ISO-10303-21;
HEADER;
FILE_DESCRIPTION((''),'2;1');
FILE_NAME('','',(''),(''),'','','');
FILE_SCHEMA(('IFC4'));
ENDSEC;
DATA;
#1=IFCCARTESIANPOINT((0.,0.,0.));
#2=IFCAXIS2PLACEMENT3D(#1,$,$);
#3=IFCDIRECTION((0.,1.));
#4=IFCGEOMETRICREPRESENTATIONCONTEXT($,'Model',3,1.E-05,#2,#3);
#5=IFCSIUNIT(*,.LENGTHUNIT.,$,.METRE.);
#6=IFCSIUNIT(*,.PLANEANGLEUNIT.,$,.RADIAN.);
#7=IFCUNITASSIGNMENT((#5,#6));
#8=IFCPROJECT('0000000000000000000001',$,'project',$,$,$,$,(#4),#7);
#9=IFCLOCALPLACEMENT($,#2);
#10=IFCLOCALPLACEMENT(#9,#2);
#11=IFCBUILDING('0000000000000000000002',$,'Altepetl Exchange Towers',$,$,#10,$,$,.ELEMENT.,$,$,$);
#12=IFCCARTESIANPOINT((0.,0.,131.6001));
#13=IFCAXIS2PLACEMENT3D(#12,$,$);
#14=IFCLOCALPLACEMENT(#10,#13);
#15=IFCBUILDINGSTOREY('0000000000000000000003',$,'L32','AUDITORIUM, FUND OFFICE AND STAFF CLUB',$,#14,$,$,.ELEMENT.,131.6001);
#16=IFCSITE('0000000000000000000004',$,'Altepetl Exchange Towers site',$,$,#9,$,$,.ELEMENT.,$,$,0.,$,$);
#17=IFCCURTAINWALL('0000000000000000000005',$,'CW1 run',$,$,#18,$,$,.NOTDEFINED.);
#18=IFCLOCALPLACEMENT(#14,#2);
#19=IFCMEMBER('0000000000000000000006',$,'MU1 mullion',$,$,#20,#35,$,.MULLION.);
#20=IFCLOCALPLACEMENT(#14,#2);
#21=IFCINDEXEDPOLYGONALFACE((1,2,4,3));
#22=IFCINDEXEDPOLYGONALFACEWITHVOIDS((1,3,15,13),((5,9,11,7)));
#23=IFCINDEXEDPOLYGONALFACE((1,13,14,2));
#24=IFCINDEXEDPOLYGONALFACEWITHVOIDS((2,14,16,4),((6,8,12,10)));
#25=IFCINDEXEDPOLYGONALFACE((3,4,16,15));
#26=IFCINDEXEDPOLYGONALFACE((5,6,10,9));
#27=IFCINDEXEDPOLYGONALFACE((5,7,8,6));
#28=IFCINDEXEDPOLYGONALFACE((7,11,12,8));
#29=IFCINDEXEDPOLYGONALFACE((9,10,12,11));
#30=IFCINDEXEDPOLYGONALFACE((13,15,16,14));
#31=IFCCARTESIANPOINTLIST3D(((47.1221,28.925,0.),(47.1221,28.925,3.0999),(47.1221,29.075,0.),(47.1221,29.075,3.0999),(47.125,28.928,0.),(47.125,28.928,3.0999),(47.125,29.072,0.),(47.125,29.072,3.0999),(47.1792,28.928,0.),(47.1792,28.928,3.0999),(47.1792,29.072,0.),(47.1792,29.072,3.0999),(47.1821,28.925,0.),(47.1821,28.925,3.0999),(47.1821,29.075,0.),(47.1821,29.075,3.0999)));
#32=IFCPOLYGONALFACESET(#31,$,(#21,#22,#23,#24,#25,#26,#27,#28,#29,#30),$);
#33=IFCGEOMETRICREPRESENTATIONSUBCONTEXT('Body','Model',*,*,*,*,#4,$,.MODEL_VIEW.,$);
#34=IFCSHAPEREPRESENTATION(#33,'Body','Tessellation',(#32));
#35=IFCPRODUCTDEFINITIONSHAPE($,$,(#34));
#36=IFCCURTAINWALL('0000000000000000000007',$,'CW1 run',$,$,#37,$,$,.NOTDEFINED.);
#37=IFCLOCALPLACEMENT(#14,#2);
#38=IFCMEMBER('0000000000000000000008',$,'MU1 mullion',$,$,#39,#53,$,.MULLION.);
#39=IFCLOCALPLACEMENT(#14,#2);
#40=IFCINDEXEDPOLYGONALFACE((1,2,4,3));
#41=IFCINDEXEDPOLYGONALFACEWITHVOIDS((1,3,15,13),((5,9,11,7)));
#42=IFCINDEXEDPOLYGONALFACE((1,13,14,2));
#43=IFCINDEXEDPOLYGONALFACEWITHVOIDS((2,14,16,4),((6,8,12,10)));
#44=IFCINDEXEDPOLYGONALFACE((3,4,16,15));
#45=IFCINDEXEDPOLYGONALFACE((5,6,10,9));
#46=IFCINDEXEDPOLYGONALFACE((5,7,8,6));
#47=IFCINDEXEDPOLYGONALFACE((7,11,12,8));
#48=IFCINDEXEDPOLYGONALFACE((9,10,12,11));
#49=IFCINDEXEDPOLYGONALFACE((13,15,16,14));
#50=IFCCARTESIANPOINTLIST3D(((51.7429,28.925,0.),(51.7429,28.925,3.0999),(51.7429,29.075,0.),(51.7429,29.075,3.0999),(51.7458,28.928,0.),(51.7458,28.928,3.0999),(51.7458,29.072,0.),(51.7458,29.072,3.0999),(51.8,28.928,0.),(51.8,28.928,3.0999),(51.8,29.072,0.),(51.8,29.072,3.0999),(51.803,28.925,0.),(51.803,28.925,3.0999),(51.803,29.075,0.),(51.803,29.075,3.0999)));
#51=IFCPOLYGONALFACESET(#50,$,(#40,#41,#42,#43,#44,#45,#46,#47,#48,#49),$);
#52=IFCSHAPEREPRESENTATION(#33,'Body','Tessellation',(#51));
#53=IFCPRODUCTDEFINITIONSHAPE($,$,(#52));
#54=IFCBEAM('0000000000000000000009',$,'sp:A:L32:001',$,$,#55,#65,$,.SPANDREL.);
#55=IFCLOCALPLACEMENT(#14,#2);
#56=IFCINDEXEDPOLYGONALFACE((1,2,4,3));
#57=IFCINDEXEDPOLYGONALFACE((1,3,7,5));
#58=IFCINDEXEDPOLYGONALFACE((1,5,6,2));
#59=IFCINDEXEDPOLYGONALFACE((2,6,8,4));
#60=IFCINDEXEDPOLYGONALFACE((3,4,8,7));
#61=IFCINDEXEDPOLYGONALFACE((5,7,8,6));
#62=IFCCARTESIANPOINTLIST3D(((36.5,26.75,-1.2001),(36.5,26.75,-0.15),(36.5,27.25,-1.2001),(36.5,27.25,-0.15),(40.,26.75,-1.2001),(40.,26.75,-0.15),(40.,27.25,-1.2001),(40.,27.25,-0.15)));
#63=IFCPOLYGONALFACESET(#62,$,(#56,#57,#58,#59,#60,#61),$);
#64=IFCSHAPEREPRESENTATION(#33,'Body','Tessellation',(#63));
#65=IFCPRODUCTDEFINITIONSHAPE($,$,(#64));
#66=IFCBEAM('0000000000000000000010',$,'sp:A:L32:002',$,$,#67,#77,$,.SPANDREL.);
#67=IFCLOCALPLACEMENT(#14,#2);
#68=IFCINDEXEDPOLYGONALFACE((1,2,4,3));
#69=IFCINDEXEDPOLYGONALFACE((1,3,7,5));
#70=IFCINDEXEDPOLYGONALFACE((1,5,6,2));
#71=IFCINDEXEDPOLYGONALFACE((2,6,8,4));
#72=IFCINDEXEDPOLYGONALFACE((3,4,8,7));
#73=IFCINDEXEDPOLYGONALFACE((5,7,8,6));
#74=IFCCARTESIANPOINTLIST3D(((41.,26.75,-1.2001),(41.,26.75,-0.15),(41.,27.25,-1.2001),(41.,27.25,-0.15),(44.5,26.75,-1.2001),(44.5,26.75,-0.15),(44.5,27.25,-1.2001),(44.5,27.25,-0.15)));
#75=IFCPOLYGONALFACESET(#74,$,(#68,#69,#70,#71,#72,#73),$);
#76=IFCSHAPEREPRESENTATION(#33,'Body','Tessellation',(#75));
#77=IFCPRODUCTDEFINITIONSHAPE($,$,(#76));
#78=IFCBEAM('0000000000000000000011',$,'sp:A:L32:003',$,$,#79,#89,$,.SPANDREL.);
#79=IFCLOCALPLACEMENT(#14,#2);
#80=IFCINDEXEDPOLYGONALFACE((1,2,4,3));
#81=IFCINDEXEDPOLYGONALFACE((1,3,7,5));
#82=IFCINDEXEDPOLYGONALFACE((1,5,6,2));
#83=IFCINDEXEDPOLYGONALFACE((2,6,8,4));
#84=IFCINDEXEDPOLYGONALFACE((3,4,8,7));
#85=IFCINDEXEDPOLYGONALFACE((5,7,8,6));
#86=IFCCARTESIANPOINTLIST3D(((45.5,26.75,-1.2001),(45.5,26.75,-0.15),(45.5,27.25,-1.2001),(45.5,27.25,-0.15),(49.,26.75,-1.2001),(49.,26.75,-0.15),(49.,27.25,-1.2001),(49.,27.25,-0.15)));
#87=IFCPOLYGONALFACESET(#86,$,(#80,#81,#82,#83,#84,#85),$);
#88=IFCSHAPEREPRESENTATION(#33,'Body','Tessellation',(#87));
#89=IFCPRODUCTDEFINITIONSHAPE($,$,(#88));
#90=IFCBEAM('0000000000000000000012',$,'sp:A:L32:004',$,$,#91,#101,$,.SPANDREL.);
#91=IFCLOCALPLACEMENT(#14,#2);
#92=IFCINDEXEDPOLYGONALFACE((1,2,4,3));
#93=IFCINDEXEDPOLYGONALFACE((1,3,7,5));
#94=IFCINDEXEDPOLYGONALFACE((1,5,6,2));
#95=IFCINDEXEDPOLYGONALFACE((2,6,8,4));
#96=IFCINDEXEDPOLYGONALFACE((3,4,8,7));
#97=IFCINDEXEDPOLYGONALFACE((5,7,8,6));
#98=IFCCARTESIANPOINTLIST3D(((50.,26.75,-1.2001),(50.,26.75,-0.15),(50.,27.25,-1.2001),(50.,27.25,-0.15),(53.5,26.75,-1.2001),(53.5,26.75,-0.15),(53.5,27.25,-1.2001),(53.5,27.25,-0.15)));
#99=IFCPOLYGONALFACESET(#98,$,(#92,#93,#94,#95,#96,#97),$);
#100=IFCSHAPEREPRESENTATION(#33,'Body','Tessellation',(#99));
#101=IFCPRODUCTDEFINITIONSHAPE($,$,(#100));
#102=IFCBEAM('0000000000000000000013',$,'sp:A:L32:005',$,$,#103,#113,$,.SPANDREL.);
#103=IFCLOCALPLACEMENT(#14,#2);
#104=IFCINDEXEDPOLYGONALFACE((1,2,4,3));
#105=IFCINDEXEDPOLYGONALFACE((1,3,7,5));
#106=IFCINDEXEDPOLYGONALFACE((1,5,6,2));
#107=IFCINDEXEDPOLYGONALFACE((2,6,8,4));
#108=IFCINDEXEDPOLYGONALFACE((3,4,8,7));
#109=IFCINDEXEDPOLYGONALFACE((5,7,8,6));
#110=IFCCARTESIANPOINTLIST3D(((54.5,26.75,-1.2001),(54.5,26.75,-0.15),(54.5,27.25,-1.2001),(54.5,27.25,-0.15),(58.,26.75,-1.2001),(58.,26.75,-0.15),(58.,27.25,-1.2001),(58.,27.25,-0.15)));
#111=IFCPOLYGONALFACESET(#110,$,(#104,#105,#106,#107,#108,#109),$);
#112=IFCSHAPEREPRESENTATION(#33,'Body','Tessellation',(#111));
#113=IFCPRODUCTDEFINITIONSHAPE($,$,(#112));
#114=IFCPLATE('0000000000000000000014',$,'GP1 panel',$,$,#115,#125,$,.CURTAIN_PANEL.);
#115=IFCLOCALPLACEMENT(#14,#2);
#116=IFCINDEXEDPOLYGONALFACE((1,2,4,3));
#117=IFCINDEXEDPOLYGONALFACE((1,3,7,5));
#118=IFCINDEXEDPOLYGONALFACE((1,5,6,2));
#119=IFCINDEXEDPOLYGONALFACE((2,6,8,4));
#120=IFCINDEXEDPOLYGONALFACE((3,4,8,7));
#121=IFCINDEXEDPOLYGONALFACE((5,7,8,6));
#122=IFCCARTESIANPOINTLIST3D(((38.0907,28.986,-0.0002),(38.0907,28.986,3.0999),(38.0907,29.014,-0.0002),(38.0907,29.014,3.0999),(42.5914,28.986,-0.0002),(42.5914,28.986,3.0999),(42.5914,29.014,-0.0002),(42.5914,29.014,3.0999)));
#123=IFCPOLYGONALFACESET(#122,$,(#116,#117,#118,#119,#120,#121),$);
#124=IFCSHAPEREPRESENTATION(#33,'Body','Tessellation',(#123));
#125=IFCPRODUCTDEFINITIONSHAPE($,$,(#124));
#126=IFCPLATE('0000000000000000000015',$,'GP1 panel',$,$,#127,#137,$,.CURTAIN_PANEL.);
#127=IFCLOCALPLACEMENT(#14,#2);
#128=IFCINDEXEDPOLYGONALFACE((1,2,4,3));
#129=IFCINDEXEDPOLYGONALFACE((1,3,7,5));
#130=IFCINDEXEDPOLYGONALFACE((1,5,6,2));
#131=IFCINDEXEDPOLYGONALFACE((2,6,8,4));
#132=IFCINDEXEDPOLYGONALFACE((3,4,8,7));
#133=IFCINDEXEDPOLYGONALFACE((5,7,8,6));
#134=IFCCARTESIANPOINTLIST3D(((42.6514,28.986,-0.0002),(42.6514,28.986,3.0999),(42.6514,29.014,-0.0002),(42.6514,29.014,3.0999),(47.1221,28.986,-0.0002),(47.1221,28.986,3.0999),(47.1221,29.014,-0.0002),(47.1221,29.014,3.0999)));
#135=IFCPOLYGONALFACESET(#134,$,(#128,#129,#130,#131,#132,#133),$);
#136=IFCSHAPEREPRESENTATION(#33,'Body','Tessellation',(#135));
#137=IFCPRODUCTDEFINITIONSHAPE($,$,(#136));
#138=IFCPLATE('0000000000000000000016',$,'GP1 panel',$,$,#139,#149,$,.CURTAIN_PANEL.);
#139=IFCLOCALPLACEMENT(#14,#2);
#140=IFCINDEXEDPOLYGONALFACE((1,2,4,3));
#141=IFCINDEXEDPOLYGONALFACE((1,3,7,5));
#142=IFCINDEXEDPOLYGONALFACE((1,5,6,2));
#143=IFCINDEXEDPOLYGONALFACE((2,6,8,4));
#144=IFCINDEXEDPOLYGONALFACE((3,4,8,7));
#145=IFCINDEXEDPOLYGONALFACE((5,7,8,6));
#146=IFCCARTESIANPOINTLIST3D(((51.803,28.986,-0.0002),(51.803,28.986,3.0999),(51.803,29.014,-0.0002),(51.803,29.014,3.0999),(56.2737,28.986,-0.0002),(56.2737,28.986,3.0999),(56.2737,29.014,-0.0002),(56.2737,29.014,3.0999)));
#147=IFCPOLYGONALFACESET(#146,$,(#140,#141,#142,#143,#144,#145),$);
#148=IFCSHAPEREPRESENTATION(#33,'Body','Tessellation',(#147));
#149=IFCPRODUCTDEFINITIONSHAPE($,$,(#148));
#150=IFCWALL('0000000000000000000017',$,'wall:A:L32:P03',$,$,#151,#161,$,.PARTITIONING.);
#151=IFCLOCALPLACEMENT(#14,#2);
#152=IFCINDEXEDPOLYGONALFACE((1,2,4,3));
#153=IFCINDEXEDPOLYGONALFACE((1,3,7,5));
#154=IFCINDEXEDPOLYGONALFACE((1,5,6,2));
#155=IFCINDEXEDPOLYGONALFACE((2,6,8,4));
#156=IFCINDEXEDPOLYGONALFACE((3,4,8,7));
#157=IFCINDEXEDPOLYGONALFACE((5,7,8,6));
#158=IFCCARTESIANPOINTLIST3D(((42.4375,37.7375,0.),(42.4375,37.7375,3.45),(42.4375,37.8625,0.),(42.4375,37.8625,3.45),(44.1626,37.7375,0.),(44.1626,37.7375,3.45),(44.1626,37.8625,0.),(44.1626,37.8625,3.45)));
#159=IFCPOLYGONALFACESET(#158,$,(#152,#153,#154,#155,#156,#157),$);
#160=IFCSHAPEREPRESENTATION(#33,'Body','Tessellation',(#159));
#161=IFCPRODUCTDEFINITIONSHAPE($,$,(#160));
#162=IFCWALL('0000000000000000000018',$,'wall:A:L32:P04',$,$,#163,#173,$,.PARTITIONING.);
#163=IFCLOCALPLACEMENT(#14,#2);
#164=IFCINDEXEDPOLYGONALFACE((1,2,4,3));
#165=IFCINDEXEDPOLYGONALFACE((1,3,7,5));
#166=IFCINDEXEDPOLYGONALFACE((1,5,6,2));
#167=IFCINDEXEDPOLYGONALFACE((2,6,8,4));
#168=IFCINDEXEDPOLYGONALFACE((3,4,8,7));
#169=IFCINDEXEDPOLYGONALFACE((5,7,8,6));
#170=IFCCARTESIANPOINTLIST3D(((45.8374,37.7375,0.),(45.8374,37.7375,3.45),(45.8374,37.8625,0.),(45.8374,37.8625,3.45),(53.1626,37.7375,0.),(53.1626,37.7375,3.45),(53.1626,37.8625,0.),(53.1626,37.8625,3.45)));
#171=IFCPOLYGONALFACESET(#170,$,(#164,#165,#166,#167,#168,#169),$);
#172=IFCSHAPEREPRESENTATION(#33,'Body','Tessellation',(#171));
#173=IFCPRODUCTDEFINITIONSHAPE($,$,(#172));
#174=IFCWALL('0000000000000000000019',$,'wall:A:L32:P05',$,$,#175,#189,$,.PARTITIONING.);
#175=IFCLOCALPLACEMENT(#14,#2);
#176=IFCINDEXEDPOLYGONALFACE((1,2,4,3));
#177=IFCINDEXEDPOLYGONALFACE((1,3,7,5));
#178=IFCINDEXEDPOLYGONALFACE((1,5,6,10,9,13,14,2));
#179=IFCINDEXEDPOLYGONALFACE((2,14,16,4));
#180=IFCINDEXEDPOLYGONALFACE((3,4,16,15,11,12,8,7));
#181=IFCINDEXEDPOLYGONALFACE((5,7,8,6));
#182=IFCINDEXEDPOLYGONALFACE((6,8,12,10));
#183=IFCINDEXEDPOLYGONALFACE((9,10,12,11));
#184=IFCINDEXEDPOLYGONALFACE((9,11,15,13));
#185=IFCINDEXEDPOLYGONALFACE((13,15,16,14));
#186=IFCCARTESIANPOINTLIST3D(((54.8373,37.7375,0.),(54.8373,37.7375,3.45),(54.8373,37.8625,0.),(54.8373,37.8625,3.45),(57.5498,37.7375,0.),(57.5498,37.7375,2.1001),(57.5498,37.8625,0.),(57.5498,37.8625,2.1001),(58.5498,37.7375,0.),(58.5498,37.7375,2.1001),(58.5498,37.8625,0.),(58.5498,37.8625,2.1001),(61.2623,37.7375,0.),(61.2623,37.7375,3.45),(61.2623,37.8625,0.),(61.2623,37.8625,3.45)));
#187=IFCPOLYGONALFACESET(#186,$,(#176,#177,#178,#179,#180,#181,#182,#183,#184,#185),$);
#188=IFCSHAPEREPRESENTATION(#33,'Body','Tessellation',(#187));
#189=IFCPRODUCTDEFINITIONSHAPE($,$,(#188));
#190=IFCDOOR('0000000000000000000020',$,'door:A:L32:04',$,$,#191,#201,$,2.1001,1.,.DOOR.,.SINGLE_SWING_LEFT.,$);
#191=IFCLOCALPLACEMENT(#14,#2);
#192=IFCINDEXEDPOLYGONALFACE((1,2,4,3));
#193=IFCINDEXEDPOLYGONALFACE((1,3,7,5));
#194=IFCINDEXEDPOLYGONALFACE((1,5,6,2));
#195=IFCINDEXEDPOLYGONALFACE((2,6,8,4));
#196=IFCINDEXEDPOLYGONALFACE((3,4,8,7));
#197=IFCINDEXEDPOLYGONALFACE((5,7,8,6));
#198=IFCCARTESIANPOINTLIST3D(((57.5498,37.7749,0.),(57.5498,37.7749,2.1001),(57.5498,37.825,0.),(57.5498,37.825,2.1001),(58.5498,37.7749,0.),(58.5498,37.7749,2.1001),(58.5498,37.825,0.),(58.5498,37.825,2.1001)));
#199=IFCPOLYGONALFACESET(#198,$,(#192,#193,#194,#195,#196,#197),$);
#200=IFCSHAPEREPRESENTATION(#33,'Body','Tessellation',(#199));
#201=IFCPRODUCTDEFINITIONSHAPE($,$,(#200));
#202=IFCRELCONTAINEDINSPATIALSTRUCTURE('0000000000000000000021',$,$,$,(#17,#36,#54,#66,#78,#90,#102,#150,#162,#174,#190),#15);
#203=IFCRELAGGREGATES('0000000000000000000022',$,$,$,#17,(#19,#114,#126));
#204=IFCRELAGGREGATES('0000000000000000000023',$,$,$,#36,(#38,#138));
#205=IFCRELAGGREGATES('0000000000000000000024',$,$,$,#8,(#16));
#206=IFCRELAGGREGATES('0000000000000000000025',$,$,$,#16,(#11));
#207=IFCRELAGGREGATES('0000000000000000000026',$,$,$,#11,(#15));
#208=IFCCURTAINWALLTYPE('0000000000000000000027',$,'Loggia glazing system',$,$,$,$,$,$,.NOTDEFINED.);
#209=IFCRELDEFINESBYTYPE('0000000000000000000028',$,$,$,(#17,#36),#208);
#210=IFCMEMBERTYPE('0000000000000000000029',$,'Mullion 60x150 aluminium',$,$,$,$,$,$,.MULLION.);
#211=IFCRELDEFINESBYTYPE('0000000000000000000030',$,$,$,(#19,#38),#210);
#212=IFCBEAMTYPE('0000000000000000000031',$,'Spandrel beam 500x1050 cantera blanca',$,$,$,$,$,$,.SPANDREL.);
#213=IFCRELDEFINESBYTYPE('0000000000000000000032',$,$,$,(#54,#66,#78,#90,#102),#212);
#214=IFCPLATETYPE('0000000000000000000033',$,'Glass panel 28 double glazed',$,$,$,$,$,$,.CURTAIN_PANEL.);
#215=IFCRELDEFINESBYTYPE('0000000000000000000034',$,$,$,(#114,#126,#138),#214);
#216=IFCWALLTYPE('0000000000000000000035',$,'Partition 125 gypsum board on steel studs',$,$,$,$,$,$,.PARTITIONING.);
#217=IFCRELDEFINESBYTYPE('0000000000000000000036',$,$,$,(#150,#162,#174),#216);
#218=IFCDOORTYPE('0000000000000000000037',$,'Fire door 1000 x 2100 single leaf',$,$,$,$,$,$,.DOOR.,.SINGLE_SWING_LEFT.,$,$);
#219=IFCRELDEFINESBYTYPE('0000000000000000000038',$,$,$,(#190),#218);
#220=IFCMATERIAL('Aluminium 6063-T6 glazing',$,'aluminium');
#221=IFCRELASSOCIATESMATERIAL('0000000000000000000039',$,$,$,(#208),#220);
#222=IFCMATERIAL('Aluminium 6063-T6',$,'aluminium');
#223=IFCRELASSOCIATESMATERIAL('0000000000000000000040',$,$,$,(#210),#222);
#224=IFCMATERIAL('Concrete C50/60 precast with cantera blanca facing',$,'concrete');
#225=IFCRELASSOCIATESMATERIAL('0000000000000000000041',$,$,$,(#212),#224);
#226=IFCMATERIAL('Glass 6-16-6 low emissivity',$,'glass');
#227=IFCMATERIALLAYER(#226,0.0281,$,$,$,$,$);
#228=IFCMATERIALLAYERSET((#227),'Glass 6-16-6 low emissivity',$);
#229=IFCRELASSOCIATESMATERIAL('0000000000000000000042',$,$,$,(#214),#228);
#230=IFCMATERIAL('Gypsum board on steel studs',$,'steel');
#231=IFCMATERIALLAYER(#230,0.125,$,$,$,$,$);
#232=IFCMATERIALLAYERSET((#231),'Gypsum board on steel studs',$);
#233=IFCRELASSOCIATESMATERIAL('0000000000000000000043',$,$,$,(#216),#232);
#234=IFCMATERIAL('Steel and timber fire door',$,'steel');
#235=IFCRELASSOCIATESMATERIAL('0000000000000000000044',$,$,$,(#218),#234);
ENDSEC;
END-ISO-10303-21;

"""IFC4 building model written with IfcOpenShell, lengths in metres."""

from ifc_helpers import new_model, si_unit, direction, frame, frame_2d, origin, origin_2d, place, context, subcontext, project, spatial, rectangle, hollow_rectangle, extrude, material, layer, layer_set, material_profile, profile_set, type_object, element, fill, aggregate, save


model = new_model("IFC4")

# Units and contexts
model_context = context("Model", 3, precision=1e-05, world=origin(), true_north=direction((0.0, 1.0)))
body_context = subcontext(model_context, "Body", "Model", "MODEL_VIEW")
ifc_project = project(units=[si_unit("LENGTHUNIT", "METRE"), si_unit("PLANEANGLEUNIT", "RADIAN")], contexts=[model_context])

# Site, building, storey
site_placement = place(None, origin())
site = spatial("IfcSite", under=ifc_project, at=site_placement, Name="Altepetl Exchange Towers site", CompositionType="ELEMENT", RefElevation=0.0)
building_placement = place(site_placement, origin())
building = spatial("IfcBuilding", under=site, at=building_placement, Name="Altepetl Exchange Towers", CompositionType="ELEMENT")
storey_placement = place(building_placement, frame((0.0, 0.0, 131.6001)))
storey = spatial("IfcBuildingStorey", under=building, at=storey_placement, Name="L32", Description="AUDITORIUM, FUND OFFICE AND STAFF CLUB", CompositionType="ELEMENT", Elevation=131.6001)

# Curtain wall, member
ifc_material_1 = material(Name="Aluminium 6063-T6 glazing", Category="aluminium")
curtain_wall_type = type_object("IfcCurtainWallType", Name="Loggia glazing system", PredefinedType="NOTDEFINED", material=ifc_material_1)
curtain_wall_1_placement = place(storey_placement, origin())
curtain_wall_1 = element("IfcCurtainWall", 1, at=curtain_wall_1_placement, inside=storey, type_object=curtain_wall_type, Name="CW1 run", PredefinedType="NOTDEFINED")
ifc_material_2 = material(Name="Aluminium 6063-T6", Category="aluminium")
ifc_material_profile_1 = material_profile(ifc_material_2, hollow_rectangle(XDim=0.0601, YDim=0.1499, WallThickness=0.0029, at=origin_2d()), Name="Mullion 60x150 aluminium")
ifc_profile_set_1 = profile_set([ifc_material_profile_1], Name="Aluminium 6063-T6")
member_type = type_object("IfcMemberType", Name="Mullion 60x150 aluminium", PredefinedType="MULLION", material=ifc_profile_set_1)
member_1_placement = place(storey_placement, frame((47.1521, 29.0, 0.0)))
member_1 = element("IfcMember", 2, at=member_1_placement, type_object=member_type, Name="MU1 mullion", PredefinedType="MULLION", context=body_context, shape_type="SweptSolid", body=[
    extrude(hollow_rectangle(XDim=0.0601, YDim=0.1499, WallThickness=0.0029, at=origin_2d()), origin(), (0.0, 0.0, 1.0), 3.0999),
])

# Curtain wall, member
curtain_wall_2_placement = place(storey_placement, origin())
curtain_wall_2 = element("IfcCurtainWall", 3, at=curtain_wall_2_placement, inside=storey, type_object=curtain_wall_type, Name="CW1 run", PredefinedType="NOTDEFINED")
member_2_placement = place(storey_placement, frame((51.7729, 29.0, 0.0)))
member_2 = element("IfcMember", 4, at=member_2_placement, type_object=member_type, Name="MU1 mullion", PredefinedType="MULLION", context=body_context, shape_type="SweptSolid", body=[
    extrude(hollow_rectangle(XDim=0.0601, YDim=0.1499, WallThickness=0.0029, at=origin_2d()), origin(), (0.0, 0.0, 1.0), 3.0999),
])

# Beams
ifc_material_3 = material(Name="Concrete C50/60 precast with cantera blanca facing", Category="concrete")
ifc_material_profile_2 = material_profile(ifc_material_3, rectangle(XDim=0.5, YDim=1.05, at=origin_2d()), Name="500 x 1050")
ifc_profile_set_2 = profile_set([ifc_material_profile_2], Name="Concrete C50/60 precast with cantera blanca facing")
beam_type_1 = type_object("IfcBeamType", Name="Spandrel beam 500x1050 cantera blanca", PredefinedType="SPANDREL", material=ifc_profile_set_2)
for number, where, z_axis, x_axis, name in (
    (5, (36.5, 27.0, -0.675), (1.0, 0.0, 0.0), (0.0, 1.0, 0.0), "sp:A:L32:001"),
    (6, (41.0, 27.0, -0.675), (1.0, 0.0, 0.0), (0.0, 1.0, 0.0), "sp:A:L32:002"),
    (7, (45.5, 27.0, -0.675), (1.0, 0.0, 0.0), (0.0, 1.0, 0.0), "sp:A:L32:003"),
    (8, (50.0, 27.0, -0.675), (1.0, 0.0, 0.0), (0.0, 1.0, 0.0), "sp:A:L32:004"),
    (9, (54.5, 27.0, -0.675), (1.0, 0.0, 0.0), (0.0, 1.0, 0.0), "sp:A:L32:005"),
):
    element("IfcBeam", number, at=place(storey_placement, frame(where, z_axis=z_axis, x_axis=x_axis)), inside=storey, type_object=beam_type_1, Name=name, PredefinedType="SPANDREL", context=body_context, shape_type="SweptSolid", body=[
        extrude(rectangle(XDim=0.5, YDim=1.05, at=origin_2d()), origin(), (0.0, 0.0, 1.0), 3.5),
    ])

# Plates
ifc_material_4 = material(Name="Glass 6-16-6 low emissivity", Category="glass")
ifc_layer_1 = layer(ifc_material_4, 0.0281)
ifc_layer_set_1 = layer_set([ifc_layer_1], Name="Glass 6-16-6 low emissivity")
plate_type = type_object("IfcPlateType", Name="Glass panel 28 double glazed", PredefinedType="CURTAIN_PANEL", material=ifc_layer_set_1)
plate_1_placement = place(storey_placement, frame((40.3411, 29.0, -0.0002)))
plate_1 = element("IfcPlate", 10, at=plate_1_placement, type_object=plate_type, Name="GP1 panel", PredefinedType="CURTAIN_PANEL", context=body_context, shape_type="SweptSolid", body=[
    extrude(rectangle(XDim=4.5007, YDim=0.0281, at=origin_2d()), origin(), (0.0, 0.0, 1.0), 3.1001),
])
plate_2_placement = place(storey_placement, frame((44.8867, 29.0, -0.0002)))
plate_2 = element("IfcPlate", 11, at=plate_2_placement, type_object=plate_type, Name="GP1 panel", PredefinedType="CURTAIN_PANEL", context=body_context, shape_type="SweptSolid", body=[
    extrude(rectangle(XDim=4.4707, YDim=0.0281, at=origin_2d()), origin(), (0.0, 0.0, 1.0), 3.1001),
])
aggregate(curtain_wall_1, [member_1, plate_1, plate_2])
plate_3_placement = place(storey_placement, frame((54.0383, 29.0, -0.0002)))
plate_3 = element("IfcPlate", 12, at=plate_3_placement, type_object=plate_type, Name="GP1 panel", PredefinedType="CURTAIN_PANEL", context=body_context, shape_type="SweptSolid", body=[
    extrude(rectangle(XDim=4.4707, YDim=0.0281, at=origin_2d()), origin(), (0.0, 0.0, 1.0), 3.1001),
])
aggregate(curtain_wall_2, [member_2, plate_3])

# Walls
ifc_material_5 = material(Name="Gypsum board on steel studs", Category="steel")
ifc_layer_2 = layer(ifc_material_5, 0.125)
ifc_layer_set_2 = layer_set([ifc_layer_2], Name="Gypsum board on steel studs")
wall_type_1 = type_object("IfcWallType", Name="Partition 125 gypsum board on steel studs", PredefinedType="PARTITIONING", material=ifc_layer_set_2)
wall_1_placement = place(storey_placement, frame((42.4375, 37.8, 0.0)))
element("IfcWall", 13, at=wall_1_placement, inside=storey, type_object=wall_type_1, Name="wall:A:L32:P03", PredefinedType="PARTITIONING", context=body_context, shape_type="SweptSolid", body=[
    extrude(rectangle(XDim=1.7251, YDim=0.125, at=frame_2d((0.8625, 0.0))), origin(), (0.0, 0.0, 1.0), 3.45),
])
wall_2_placement = place(storey_placement, frame((45.8374, 37.8, 0.0)))
element("IfcWall", 14, at=wall_2_placement, inside=storey, type_object=wall_type_1, Name="wall:A:L32:P04", PredefinedType="PARTITIONING", context=body_context, shape_type="SweptSolid", body=[
    extrude(rectangle(XDim=7.3252, YDim=0.125, at=frame_2d((3.6626, 0.0))), origin(), (0.0, 0.0, 1.0), 3.45),
])

# Wall, opening, door
wall_3_placement = place(storey_placement, frame((54.8374, 37.8, 0.0)))
wall_3 = element("IfcWall", 15, at=wall_3_placement, inside=storey, type_object=wall_type_1, Name="wall:A:L32:P05", PredefinedType="PARTITIONING", context=body_context, shape_type="SweptSolid", body=[
    extrude(rectangle(XDim=6.425, YDim=0.125, at=frame_2d((3.2124, 0.0))), origin(), (0.0, 0.0, 1.0), 3.45),
])
opening_1_placement = place(wall_3_placement, frame((2.7124, 0.0, 0.0)))
opening_1 = element("IfcOpeningElement", 16, at=opening_1_placement, cuts=wall_3, PredefinedType="OPENING", context=body_context, shape_type="SweptSolid", body=[
    extrude(rectangle(XDim=1.0, YDim=2.1001, at=frame_2d((0.5, 1.05))), frame((0.0, 0.0725, 0.0), z_axis=(0.0, -1.0, 0.0), x_axis=(1.0, 0.0, 0.0)), (0.0, 0.0, 1.0), 0.145),
])
ifc_material_6 = material(Name="Steel and timber fire door", Category="steel")
door_type_1 = type_object("IfcDoorType", Name="Fire door 1000 x 2100 single leaf", OperationType="SINGLE_SWING_LEFT", PredefinedType="DOOR", material=ifc_material_6)
door_1_placement = place(opening_1_placement, origin())
door_1 = element("IfcDoor", 17, at=door_1_placement, inside=storey, type_object=door_type_1, Name="door:A:L32:04", OperationType="SINGLE_SWING_LEFT", OverallHeight=2.1001, OverallWidth=1.0, PredefinedType="DOOR", context=body_context, shape_type="SweptSolid", body=[
    extrude(rectangle(XDim=1.0, YDim=2.1001, at=frame_2d((0.5, 1.05))), frame((0.0, 0.0249, 0.0), z_axis=(0.0, -1.0, 0.0), x_axis=(1.0, 0.0, 0.0)), (0.0, 0.0, 1.0), 0.05),
])
fill(opening_1, door_1)

save(model, "model.ifc")
